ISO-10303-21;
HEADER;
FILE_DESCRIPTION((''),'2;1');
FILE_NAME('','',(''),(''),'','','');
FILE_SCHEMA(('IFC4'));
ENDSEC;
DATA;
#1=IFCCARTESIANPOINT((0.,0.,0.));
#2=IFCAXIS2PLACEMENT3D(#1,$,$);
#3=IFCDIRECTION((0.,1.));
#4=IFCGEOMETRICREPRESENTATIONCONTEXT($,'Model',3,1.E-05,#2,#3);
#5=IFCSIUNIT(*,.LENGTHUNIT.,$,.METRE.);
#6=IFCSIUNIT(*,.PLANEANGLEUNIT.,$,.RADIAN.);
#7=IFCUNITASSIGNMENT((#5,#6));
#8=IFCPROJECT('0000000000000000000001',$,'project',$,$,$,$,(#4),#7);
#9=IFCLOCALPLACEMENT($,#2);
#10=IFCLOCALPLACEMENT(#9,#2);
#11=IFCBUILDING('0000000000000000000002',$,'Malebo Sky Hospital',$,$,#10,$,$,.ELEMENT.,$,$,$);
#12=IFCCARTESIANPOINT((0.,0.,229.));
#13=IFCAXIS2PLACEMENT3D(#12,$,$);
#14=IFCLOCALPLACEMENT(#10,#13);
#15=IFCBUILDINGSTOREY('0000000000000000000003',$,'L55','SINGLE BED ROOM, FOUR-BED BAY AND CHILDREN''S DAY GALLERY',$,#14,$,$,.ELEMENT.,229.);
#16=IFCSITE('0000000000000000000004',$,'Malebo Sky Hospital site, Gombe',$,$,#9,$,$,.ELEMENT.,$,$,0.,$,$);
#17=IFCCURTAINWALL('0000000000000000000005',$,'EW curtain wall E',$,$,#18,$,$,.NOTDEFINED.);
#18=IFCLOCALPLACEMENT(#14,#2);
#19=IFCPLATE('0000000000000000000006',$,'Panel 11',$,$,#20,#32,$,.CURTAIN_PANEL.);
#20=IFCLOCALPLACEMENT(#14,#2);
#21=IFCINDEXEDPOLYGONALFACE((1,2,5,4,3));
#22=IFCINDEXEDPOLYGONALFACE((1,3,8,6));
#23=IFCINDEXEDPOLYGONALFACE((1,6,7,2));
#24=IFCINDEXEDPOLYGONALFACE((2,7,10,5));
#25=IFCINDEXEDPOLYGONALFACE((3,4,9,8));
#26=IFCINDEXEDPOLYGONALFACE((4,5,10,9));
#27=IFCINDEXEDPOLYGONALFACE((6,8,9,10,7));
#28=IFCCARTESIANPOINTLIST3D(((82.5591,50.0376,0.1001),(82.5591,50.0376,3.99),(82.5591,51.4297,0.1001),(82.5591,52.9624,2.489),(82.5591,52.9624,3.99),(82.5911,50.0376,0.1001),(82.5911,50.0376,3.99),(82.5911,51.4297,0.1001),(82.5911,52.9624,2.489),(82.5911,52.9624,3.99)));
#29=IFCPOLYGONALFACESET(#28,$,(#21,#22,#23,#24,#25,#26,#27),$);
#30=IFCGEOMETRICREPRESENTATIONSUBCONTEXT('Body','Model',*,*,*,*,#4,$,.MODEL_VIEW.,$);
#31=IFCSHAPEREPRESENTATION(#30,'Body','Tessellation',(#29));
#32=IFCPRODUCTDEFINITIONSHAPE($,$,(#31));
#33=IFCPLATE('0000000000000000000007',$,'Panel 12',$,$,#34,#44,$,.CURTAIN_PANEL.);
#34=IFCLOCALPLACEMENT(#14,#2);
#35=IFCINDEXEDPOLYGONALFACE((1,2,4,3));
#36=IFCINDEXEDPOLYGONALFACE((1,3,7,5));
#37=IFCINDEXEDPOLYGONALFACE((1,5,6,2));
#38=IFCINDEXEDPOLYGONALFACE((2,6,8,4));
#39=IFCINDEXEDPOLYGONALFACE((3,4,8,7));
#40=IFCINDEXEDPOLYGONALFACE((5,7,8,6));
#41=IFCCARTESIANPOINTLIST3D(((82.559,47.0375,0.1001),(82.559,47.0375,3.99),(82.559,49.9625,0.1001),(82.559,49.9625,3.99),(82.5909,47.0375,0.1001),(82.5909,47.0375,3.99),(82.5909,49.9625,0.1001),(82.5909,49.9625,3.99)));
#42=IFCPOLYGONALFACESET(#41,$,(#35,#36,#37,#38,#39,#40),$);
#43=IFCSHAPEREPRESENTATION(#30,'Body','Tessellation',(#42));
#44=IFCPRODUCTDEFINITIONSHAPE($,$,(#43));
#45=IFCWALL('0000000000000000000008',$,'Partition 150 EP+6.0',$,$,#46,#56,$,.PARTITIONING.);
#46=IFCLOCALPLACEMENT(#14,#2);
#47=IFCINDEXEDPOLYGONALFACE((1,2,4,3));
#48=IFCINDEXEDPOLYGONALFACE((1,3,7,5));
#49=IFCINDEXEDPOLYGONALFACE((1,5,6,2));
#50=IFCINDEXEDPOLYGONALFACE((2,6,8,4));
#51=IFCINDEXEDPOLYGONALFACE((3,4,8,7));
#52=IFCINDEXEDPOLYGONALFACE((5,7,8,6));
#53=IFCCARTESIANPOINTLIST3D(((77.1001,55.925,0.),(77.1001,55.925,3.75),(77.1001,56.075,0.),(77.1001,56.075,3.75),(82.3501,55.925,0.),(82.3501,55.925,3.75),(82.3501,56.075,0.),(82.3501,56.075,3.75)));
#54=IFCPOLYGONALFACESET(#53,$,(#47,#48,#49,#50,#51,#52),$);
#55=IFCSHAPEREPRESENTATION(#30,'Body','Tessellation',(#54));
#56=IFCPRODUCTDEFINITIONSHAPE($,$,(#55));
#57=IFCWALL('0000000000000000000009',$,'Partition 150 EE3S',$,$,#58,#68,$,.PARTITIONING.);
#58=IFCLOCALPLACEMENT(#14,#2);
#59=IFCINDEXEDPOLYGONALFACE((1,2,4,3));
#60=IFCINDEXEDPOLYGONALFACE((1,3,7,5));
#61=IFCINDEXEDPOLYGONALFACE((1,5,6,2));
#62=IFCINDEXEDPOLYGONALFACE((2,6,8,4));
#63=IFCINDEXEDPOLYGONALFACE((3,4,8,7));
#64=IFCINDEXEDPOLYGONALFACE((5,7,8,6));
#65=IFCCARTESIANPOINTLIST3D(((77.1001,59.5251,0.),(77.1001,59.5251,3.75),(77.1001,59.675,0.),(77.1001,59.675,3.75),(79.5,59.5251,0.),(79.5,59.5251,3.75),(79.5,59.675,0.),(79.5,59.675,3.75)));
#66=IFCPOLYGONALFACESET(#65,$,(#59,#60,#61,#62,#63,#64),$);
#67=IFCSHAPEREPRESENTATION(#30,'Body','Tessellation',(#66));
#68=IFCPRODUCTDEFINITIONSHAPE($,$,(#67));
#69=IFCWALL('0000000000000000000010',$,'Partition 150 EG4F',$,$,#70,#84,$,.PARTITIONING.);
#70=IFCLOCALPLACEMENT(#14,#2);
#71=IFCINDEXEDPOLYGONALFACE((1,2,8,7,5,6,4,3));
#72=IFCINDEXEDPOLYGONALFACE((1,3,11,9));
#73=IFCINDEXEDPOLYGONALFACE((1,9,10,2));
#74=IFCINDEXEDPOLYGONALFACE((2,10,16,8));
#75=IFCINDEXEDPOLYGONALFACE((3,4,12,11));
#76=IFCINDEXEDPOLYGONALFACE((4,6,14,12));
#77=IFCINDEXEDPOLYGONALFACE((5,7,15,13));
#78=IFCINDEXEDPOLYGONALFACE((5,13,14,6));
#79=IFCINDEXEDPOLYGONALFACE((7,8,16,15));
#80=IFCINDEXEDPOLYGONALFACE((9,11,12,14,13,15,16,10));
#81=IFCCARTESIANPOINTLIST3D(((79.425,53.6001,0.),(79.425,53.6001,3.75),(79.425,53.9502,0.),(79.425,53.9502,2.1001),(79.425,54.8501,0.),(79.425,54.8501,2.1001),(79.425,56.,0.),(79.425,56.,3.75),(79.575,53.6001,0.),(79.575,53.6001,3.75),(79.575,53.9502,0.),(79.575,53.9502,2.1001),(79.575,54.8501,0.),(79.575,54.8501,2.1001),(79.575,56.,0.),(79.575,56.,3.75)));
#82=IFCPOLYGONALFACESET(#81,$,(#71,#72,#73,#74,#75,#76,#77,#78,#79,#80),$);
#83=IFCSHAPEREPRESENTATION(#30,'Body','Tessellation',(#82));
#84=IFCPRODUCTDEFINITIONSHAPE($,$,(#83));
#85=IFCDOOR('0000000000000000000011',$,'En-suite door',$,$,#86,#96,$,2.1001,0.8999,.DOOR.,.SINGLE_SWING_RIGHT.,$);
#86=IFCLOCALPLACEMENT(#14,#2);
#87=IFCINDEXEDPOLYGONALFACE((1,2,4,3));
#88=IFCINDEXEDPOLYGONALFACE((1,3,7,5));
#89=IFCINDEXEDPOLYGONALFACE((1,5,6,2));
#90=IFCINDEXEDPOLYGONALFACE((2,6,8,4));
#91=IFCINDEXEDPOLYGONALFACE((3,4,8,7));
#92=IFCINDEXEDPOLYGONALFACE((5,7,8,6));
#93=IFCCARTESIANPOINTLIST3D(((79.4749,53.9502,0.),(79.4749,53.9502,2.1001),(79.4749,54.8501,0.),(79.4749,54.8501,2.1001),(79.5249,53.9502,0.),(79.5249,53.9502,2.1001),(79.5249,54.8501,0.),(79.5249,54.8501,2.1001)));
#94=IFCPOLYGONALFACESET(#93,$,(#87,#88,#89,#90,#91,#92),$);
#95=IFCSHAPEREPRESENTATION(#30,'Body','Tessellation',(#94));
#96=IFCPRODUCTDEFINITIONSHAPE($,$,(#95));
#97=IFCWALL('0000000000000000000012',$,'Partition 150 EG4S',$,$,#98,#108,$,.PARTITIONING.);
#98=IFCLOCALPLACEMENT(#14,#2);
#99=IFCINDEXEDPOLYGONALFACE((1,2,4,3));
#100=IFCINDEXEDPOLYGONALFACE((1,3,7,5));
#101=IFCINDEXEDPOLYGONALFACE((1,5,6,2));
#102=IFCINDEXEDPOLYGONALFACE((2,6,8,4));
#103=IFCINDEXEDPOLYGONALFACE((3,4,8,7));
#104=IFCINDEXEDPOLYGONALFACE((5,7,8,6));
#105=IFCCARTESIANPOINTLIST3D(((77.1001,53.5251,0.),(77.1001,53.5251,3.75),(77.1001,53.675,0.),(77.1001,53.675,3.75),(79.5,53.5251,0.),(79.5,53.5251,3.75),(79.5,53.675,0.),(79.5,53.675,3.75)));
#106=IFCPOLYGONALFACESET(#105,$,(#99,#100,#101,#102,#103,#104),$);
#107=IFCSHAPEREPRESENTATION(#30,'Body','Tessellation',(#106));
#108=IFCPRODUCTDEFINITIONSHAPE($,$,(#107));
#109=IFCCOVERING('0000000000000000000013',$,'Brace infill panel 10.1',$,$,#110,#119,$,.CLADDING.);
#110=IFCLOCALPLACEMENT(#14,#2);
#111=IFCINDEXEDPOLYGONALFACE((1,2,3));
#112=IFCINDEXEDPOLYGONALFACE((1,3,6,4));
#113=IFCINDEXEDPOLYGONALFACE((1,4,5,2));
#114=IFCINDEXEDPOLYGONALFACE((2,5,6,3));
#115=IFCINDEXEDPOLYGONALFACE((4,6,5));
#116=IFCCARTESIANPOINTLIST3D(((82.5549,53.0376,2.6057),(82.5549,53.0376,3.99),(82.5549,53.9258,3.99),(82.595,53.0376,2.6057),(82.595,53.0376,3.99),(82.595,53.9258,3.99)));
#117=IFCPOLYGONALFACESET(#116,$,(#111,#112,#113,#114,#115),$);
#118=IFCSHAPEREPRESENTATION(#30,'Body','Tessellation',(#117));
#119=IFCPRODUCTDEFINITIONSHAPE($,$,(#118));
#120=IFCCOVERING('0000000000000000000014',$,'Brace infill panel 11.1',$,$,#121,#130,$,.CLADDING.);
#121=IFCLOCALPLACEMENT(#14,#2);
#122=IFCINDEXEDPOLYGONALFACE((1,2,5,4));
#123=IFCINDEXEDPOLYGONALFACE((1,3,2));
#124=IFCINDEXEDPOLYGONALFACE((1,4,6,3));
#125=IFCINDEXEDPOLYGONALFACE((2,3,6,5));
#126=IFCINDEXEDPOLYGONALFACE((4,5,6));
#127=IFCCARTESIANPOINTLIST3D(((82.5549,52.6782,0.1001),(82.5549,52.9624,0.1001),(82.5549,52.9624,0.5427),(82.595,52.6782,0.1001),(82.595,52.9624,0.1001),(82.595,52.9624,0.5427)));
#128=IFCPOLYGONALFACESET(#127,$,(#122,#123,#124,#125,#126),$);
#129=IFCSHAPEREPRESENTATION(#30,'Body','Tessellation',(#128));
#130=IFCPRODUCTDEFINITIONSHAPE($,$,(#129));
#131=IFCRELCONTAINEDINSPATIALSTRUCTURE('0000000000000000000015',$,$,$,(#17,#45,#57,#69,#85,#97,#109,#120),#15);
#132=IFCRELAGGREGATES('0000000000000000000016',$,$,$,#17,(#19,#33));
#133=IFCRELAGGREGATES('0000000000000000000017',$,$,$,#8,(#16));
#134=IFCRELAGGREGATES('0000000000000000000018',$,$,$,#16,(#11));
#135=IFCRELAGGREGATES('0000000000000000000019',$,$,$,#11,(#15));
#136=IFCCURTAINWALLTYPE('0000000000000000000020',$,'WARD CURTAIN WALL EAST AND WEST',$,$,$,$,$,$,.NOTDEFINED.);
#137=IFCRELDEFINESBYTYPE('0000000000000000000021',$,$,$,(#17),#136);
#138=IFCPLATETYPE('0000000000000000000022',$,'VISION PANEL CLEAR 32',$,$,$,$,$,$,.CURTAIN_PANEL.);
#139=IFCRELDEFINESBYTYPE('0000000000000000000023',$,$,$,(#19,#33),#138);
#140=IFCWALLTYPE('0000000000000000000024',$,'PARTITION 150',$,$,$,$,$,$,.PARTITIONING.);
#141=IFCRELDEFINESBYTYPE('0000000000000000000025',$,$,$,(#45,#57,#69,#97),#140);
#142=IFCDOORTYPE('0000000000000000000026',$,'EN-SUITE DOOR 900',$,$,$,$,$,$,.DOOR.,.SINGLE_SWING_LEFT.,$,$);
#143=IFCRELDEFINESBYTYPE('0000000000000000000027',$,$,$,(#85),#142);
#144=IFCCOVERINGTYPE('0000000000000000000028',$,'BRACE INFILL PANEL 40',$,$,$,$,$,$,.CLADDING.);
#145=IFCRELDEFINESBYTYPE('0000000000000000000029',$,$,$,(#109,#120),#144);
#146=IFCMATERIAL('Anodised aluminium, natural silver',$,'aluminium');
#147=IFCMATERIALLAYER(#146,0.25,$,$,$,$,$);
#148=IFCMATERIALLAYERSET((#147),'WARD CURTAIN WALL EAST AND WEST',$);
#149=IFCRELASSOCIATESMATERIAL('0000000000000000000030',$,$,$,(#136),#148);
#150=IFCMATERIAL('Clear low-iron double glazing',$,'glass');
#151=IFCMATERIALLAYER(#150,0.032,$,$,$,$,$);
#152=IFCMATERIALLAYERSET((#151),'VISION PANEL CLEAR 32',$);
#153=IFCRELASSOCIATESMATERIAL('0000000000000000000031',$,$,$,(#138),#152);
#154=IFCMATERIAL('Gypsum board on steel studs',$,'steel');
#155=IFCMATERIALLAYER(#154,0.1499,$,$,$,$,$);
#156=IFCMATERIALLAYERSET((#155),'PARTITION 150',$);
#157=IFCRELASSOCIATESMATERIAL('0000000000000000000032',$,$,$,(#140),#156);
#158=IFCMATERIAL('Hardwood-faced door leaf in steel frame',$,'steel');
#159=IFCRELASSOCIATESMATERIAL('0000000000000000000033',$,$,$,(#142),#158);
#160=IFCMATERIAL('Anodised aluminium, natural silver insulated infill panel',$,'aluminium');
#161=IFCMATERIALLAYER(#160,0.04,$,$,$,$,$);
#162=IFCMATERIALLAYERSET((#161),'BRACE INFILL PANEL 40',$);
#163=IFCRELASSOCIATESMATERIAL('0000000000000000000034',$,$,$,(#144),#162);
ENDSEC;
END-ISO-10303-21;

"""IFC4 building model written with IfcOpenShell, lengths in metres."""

from ifc_helpers import new_model, si_unit, direction, frame, frame_2d, origin, origin_2d, place, context, subcontext, project, spatial, polyline, rectangle, outline, extrude, material, layer, layer_set, type_object, element, fill, aggregate, save


model = new_model("IFC4")

# Units and contexts
model_context = context("Model", 3, precision=1e-05, world=origin(), true_north=direction((0.0, 1.0)))
body_context = subcontext(model_context, "Body", "Model", "MODEL_VIEW")
ifc_project = project(units=[si_unit("LENGTHUNIT", "METRE"), si_unit("PLANEANGLEUNIT", "RADIAN")], contexts=[model_context])

# Site, building, storey
site_placement = place(None, origin())
site = spatial("IfcSite", under=ifc_project, at=site_placement, Name="Malebo Sky Hospital site, Gombe", CompositionType="ELEMENT", RefElevation=0.0)
building_placement = place(site_placement, origin())
building = spatial("IfcBuilding", under=site, at=building_placement, Name="Malebo Sky Hospital", CompositionType="ELEMENT")
storey_placement = place(building_placement, frame((0.0, 0.0, 229.0)))
storey = spatial("IfcBuildingStorey", under=building, at=storey_placement, Name="L55", Description="SINGLE BED ROOM, FOUR-BED BAY AND CHILDREN'S DAY GALLERY", CompositionType="ELEMENT", Elevation=229.0)

# Curtain wall
ifc_material_1 = material(Name="Anodised aluminium, natural silver", Category="aluminium")
ifc_layer_1 = layer(ifc_material_1, 0.25)
ifc_layer_set_1 = layer_set([ifc_layer_1], Name="WARD CURTAIN WALL EAST AND WEST")
curtain_wall_type = type_object("IfcCurtainWallType", Name="WARD CURTAIN WALL EAST AND WEST", PredefinedType="NOTDEFINED", material=ifc_layer_set_1)
curtain_wall_placement = place(storey_placement, origin())
curtain_wall = element("IfcCurtainWall", 1, at=curtain_wall_placement, inside=storey, type_object=curtain_wall_type, Name="EW curtain wall E", PredefinedType="NOTDEFINED")

# Plates
ifc_material_2 = material(Name="Clear low-iron double glazing", Category="glass")
ifc_layer_2 = layer(ifc_material_2, 0.032)
ifc_layer_set_2 = layer_set([ifc_layer_2], Name="VISION PANEL CLEAR 32")
plate_type = type_object("IfcPlateType", Name="VISION PANEL CLEAR 32", PredefinedType="CURTAIN_PANEL", material=ifc_layer_set_2)
plate_1_placement = place(storey_placement, frame((82.575, 51.5, 0.1001), z_axis=(0.0, 0.0, 1.0), x_axis=(0.0, -1.0, 0.0)))
plate_1 = element("IfcPlate", 2, at=plate_1_placement, type_object=plate_type, Name="Panel 11", PredefinedType="CURTAIN_PANEL", context=body_context, shape_type="SweptSolid", body=[
    extrude(outline(polyline([(0.0703, 0.0), (1.4624, 0.0), (1.4624, 3.8899), (-1.4624, 3.8899), (-1.4624, 2.3889), (0.0703, 0.0)])), frame((0.0, 0.0161, 0.0), z_axis=(0.0, -1.0, 0.0), x_axis=(1.0, 0.0, 0.0)), (0.0, 0.0, 1.0), 0.032),
])
plate_2_placement = place(storey_placement, frame((82.575, 48.5, 0.1001), z_axis=(0.0, 0.0, 1.0), x_axis=(0.0, -1.0, 0.0)))
plate_2 = element("IfcPlate", 3, at=plate_2_placement, type_object=plate_type, Name="Panel 12", PredefinedType="CURTAIN_PANEL", context=body_context, shape_type="SweptSolid", body=[
    extrude(rectangle(XDim=2.925, YDim=0.032, at=origin_2d()), origin(), (0.0, 0.0, 1.0), 3.8899),
])
aggregate(curtain_wall, [plate_1, plate_2])

# Walls
ifc_material_3 = material(Name="Gypsum board on steel studs", Category="steel")
ifc_layer_3 = layer(ifc_material_3, 0.1499)
ifc_layer_set_3 = layer_set([ifc_layer_3], Name="PARTITION 150")
wall_type = type_object("IfcWallType", Name="PARTITION 150", PredefinedType="PARTITIONING", material=ifc_layer_set_3)
wall_1_placement = place(storey_placement, frame((77.1001, 56.0, 0.0), z_axis=(0.0, 0.0, 1.0), x_axis=(1.0, 0.0, 0.0)))
element("IfcWall", 4, at=wall_1_placement, inside=storey, type_object=wall_type, Name="Partition 150 EP+6.0", PredefinedType="PARTITIONING", context=body_context, shape_type="SweptSolid", body=[
    extrude(rectangle(XDim=5.25, YDim=0.1499, at=frame_2d((2.625, 0.0))), origin(), (0.0, 0.0, 1.0), 3.75),
])
wall_2_placement = place(storey_placement, frame((77.1001, 59.6001, 0.0), z_axis=(0.0, 0.0, 1.0), x_axis=(1.0, 0.0, 0.0)))
element("IfcWall", 5, at=wall_2_placement, inside=storey, type_object=wall_type, Name="Partition 150 EE3S", PredefinedType="PARTITIONING", context=body_context, shape_type="SweptSolid", body=[
    extrude(rectangle(XDim=2.3999, YDim=0.1499, at=frame_2d((1.2, 0.0))), origin(), (0.0, 0.0, 1.0), 3.75),
])

# Wall, opening, door
wall_3_placement = place(storey_placement, frame((79.5, 56.0, 0.0), z_axis=(0.0, 0.0, 1.0), x_axis=(0.0, -1.0, 0.0)))
wall_3 = element("IfcWall", 6, at=wall_3_placement, inside=storey, type_object=wall_type, Name="Partition 150 EG4F", PredefinedType="PARTITIONING", context=body_context, shape_type="SweptSolid", body=[
    extrude(rectangle(XDim=2.3999, YDim=0.1499, at=frame_2d((1.2, 0.0))), origin(), (0.0, 0.0, 1.0), 3.75),
])
opening_placement = place(wall_3_placement, frame((1.1499, 0.0, 0.0)))
opening = element("IfcOpeningElement", 7, at=opening_placement, cuts=wall_3, PredefinedType="OPENING", context=body_context, shape_type="SweptSolid", body=[
    extrude(rectangle(XDim=0.8999, YDim=2.1001, at=frame_2d((0.45, 1.05))), frame((0.0, 0.085, 0.0), z_axis=(0.0, -1.0, 0.0), x_axis=(1.0, 0.0, 0.0)), (0.0, 0.0, 1.0), 0.1699),
])
ifc_material_4 = material(Name="Hardwood-faced door leaf in steel frame", Category="steel")
door_type = type_object("IfcDoorType", Name="EN-SUITE DOOR 900", OperationType="SINGLE_SWING_LEFT", PredefinedType="DOOR", material=ifc_material_4)
door_placement = place(opening_placement, origin())
door = element("IfcDoor", 8, at=door_placement, inside=storey, type_object=door_type, Name="En-suite door", OperationType="SINGLE_SWING_RIGHT", OverallHeight=2.1001, OverallWidth=0.8999, PredefinedType="DOOR", context=body_context, shape_type="SweptSolid", body=[
    extrude(rectangle(XDim=0.8999, YDim=2.1001, at=frame_2d((0.45, 1.05))), frame((0.0, 0.0249, 0.0), z_axis=(0.0, -1.0, 0.0), x_axis=(1.0, 0.0, 0.0)), (0.0, 0.0, 1.0), 0.05),
])
fill(opening, door)

# Wall
wall_4_placement = place(storey_placement, frame((77.1001, 53.6001, 0.0), z_axis=(0.0, 0.0, 1.0), x_axis=(1.0, 0.0, 0.0)))
element("IfcWall", 9, at=wall_4_placement, inside=storey, type_object=wall_type, Name="Partition 150 EG4S", PredefinedType="PARTITIONING", context=body_context, shape_type="SweptSolid", body=[
    extrude(rectangle(XDim=2.3999, YDim=0.1499, at=frame_2d((1.2, 0.0))), origin(), (0.0, 0.0, 1.0), 3.75),
])

# Coverings
ifc_material_5 = material(Name="Anodised aluminium, natural silver insulated infill panel", Category="aluminium")
ifc_layer_4 = layer(ifc_material_5, 0.04)
ifc_layer_set_4 = layer_set([ifc_layer_4], Name="BRACE INFILL PANEL 40")
covering_type = type_object("IfcCoveringType", Name="BRACE INFILL PANEL 40", PredefinedType="CLADDING", material=ifc_layer_set_4)
covering_1_placement = place(storey_placement, frame((82.575, 53.4817, 2.6057), z_axis=(0.0, 0.0, 1.0), x_axis=(0.0, -1.0, 0.0)))
element("IfcCovering", 10, at=covering_1_placement, inside=storey, type_object=covering_type, Name="Brace infill panel 10.1", PredefinedType="CLADDING", context=body_context, shape_type="SweptSolid", body=[
    extrude(outline(polyline([(0.4441, 0.0), (0.4441, 1.3843), (-0.4441, 1.3843), (0.4441, 0.0)])), frame((0.0, 0.02, 0.0), z_axis=(0.0, -1.0, 0.0), x_axis=(1.0, 0.0, 0.0)), (0.0, 0.0, 1.0), 0.04),
])
covering_2_placement = place(storey_placement, frame((82.575, 52.8203, 0.1001), z_axis=(0.0, 0.0, 1.0), x_axis=(0.0, -1.0, 0.0)))
element("IfcCovering", 11, at=covering_2_placement, inside=storey, type_object=covering_type, Name="Brace infill panel 11.1", PredefinedType="CLADDING", context=body_context, shape_type="SweptSolid", body=[
    extrude(outline(polyline([(-0.1421, 0.0), (0.1421, 0.0), (-0.1421, 0.4426), (-0.1421, 0.0)])), frame((0.0, 0.02, 0.0), z_axis=(0.0, -1.0, 0.0), x_axis=(1.0, 0.0, 0.0)), (0.0, 0.0, 1.0), 0.04),
])

save(model, "model.ifc")
